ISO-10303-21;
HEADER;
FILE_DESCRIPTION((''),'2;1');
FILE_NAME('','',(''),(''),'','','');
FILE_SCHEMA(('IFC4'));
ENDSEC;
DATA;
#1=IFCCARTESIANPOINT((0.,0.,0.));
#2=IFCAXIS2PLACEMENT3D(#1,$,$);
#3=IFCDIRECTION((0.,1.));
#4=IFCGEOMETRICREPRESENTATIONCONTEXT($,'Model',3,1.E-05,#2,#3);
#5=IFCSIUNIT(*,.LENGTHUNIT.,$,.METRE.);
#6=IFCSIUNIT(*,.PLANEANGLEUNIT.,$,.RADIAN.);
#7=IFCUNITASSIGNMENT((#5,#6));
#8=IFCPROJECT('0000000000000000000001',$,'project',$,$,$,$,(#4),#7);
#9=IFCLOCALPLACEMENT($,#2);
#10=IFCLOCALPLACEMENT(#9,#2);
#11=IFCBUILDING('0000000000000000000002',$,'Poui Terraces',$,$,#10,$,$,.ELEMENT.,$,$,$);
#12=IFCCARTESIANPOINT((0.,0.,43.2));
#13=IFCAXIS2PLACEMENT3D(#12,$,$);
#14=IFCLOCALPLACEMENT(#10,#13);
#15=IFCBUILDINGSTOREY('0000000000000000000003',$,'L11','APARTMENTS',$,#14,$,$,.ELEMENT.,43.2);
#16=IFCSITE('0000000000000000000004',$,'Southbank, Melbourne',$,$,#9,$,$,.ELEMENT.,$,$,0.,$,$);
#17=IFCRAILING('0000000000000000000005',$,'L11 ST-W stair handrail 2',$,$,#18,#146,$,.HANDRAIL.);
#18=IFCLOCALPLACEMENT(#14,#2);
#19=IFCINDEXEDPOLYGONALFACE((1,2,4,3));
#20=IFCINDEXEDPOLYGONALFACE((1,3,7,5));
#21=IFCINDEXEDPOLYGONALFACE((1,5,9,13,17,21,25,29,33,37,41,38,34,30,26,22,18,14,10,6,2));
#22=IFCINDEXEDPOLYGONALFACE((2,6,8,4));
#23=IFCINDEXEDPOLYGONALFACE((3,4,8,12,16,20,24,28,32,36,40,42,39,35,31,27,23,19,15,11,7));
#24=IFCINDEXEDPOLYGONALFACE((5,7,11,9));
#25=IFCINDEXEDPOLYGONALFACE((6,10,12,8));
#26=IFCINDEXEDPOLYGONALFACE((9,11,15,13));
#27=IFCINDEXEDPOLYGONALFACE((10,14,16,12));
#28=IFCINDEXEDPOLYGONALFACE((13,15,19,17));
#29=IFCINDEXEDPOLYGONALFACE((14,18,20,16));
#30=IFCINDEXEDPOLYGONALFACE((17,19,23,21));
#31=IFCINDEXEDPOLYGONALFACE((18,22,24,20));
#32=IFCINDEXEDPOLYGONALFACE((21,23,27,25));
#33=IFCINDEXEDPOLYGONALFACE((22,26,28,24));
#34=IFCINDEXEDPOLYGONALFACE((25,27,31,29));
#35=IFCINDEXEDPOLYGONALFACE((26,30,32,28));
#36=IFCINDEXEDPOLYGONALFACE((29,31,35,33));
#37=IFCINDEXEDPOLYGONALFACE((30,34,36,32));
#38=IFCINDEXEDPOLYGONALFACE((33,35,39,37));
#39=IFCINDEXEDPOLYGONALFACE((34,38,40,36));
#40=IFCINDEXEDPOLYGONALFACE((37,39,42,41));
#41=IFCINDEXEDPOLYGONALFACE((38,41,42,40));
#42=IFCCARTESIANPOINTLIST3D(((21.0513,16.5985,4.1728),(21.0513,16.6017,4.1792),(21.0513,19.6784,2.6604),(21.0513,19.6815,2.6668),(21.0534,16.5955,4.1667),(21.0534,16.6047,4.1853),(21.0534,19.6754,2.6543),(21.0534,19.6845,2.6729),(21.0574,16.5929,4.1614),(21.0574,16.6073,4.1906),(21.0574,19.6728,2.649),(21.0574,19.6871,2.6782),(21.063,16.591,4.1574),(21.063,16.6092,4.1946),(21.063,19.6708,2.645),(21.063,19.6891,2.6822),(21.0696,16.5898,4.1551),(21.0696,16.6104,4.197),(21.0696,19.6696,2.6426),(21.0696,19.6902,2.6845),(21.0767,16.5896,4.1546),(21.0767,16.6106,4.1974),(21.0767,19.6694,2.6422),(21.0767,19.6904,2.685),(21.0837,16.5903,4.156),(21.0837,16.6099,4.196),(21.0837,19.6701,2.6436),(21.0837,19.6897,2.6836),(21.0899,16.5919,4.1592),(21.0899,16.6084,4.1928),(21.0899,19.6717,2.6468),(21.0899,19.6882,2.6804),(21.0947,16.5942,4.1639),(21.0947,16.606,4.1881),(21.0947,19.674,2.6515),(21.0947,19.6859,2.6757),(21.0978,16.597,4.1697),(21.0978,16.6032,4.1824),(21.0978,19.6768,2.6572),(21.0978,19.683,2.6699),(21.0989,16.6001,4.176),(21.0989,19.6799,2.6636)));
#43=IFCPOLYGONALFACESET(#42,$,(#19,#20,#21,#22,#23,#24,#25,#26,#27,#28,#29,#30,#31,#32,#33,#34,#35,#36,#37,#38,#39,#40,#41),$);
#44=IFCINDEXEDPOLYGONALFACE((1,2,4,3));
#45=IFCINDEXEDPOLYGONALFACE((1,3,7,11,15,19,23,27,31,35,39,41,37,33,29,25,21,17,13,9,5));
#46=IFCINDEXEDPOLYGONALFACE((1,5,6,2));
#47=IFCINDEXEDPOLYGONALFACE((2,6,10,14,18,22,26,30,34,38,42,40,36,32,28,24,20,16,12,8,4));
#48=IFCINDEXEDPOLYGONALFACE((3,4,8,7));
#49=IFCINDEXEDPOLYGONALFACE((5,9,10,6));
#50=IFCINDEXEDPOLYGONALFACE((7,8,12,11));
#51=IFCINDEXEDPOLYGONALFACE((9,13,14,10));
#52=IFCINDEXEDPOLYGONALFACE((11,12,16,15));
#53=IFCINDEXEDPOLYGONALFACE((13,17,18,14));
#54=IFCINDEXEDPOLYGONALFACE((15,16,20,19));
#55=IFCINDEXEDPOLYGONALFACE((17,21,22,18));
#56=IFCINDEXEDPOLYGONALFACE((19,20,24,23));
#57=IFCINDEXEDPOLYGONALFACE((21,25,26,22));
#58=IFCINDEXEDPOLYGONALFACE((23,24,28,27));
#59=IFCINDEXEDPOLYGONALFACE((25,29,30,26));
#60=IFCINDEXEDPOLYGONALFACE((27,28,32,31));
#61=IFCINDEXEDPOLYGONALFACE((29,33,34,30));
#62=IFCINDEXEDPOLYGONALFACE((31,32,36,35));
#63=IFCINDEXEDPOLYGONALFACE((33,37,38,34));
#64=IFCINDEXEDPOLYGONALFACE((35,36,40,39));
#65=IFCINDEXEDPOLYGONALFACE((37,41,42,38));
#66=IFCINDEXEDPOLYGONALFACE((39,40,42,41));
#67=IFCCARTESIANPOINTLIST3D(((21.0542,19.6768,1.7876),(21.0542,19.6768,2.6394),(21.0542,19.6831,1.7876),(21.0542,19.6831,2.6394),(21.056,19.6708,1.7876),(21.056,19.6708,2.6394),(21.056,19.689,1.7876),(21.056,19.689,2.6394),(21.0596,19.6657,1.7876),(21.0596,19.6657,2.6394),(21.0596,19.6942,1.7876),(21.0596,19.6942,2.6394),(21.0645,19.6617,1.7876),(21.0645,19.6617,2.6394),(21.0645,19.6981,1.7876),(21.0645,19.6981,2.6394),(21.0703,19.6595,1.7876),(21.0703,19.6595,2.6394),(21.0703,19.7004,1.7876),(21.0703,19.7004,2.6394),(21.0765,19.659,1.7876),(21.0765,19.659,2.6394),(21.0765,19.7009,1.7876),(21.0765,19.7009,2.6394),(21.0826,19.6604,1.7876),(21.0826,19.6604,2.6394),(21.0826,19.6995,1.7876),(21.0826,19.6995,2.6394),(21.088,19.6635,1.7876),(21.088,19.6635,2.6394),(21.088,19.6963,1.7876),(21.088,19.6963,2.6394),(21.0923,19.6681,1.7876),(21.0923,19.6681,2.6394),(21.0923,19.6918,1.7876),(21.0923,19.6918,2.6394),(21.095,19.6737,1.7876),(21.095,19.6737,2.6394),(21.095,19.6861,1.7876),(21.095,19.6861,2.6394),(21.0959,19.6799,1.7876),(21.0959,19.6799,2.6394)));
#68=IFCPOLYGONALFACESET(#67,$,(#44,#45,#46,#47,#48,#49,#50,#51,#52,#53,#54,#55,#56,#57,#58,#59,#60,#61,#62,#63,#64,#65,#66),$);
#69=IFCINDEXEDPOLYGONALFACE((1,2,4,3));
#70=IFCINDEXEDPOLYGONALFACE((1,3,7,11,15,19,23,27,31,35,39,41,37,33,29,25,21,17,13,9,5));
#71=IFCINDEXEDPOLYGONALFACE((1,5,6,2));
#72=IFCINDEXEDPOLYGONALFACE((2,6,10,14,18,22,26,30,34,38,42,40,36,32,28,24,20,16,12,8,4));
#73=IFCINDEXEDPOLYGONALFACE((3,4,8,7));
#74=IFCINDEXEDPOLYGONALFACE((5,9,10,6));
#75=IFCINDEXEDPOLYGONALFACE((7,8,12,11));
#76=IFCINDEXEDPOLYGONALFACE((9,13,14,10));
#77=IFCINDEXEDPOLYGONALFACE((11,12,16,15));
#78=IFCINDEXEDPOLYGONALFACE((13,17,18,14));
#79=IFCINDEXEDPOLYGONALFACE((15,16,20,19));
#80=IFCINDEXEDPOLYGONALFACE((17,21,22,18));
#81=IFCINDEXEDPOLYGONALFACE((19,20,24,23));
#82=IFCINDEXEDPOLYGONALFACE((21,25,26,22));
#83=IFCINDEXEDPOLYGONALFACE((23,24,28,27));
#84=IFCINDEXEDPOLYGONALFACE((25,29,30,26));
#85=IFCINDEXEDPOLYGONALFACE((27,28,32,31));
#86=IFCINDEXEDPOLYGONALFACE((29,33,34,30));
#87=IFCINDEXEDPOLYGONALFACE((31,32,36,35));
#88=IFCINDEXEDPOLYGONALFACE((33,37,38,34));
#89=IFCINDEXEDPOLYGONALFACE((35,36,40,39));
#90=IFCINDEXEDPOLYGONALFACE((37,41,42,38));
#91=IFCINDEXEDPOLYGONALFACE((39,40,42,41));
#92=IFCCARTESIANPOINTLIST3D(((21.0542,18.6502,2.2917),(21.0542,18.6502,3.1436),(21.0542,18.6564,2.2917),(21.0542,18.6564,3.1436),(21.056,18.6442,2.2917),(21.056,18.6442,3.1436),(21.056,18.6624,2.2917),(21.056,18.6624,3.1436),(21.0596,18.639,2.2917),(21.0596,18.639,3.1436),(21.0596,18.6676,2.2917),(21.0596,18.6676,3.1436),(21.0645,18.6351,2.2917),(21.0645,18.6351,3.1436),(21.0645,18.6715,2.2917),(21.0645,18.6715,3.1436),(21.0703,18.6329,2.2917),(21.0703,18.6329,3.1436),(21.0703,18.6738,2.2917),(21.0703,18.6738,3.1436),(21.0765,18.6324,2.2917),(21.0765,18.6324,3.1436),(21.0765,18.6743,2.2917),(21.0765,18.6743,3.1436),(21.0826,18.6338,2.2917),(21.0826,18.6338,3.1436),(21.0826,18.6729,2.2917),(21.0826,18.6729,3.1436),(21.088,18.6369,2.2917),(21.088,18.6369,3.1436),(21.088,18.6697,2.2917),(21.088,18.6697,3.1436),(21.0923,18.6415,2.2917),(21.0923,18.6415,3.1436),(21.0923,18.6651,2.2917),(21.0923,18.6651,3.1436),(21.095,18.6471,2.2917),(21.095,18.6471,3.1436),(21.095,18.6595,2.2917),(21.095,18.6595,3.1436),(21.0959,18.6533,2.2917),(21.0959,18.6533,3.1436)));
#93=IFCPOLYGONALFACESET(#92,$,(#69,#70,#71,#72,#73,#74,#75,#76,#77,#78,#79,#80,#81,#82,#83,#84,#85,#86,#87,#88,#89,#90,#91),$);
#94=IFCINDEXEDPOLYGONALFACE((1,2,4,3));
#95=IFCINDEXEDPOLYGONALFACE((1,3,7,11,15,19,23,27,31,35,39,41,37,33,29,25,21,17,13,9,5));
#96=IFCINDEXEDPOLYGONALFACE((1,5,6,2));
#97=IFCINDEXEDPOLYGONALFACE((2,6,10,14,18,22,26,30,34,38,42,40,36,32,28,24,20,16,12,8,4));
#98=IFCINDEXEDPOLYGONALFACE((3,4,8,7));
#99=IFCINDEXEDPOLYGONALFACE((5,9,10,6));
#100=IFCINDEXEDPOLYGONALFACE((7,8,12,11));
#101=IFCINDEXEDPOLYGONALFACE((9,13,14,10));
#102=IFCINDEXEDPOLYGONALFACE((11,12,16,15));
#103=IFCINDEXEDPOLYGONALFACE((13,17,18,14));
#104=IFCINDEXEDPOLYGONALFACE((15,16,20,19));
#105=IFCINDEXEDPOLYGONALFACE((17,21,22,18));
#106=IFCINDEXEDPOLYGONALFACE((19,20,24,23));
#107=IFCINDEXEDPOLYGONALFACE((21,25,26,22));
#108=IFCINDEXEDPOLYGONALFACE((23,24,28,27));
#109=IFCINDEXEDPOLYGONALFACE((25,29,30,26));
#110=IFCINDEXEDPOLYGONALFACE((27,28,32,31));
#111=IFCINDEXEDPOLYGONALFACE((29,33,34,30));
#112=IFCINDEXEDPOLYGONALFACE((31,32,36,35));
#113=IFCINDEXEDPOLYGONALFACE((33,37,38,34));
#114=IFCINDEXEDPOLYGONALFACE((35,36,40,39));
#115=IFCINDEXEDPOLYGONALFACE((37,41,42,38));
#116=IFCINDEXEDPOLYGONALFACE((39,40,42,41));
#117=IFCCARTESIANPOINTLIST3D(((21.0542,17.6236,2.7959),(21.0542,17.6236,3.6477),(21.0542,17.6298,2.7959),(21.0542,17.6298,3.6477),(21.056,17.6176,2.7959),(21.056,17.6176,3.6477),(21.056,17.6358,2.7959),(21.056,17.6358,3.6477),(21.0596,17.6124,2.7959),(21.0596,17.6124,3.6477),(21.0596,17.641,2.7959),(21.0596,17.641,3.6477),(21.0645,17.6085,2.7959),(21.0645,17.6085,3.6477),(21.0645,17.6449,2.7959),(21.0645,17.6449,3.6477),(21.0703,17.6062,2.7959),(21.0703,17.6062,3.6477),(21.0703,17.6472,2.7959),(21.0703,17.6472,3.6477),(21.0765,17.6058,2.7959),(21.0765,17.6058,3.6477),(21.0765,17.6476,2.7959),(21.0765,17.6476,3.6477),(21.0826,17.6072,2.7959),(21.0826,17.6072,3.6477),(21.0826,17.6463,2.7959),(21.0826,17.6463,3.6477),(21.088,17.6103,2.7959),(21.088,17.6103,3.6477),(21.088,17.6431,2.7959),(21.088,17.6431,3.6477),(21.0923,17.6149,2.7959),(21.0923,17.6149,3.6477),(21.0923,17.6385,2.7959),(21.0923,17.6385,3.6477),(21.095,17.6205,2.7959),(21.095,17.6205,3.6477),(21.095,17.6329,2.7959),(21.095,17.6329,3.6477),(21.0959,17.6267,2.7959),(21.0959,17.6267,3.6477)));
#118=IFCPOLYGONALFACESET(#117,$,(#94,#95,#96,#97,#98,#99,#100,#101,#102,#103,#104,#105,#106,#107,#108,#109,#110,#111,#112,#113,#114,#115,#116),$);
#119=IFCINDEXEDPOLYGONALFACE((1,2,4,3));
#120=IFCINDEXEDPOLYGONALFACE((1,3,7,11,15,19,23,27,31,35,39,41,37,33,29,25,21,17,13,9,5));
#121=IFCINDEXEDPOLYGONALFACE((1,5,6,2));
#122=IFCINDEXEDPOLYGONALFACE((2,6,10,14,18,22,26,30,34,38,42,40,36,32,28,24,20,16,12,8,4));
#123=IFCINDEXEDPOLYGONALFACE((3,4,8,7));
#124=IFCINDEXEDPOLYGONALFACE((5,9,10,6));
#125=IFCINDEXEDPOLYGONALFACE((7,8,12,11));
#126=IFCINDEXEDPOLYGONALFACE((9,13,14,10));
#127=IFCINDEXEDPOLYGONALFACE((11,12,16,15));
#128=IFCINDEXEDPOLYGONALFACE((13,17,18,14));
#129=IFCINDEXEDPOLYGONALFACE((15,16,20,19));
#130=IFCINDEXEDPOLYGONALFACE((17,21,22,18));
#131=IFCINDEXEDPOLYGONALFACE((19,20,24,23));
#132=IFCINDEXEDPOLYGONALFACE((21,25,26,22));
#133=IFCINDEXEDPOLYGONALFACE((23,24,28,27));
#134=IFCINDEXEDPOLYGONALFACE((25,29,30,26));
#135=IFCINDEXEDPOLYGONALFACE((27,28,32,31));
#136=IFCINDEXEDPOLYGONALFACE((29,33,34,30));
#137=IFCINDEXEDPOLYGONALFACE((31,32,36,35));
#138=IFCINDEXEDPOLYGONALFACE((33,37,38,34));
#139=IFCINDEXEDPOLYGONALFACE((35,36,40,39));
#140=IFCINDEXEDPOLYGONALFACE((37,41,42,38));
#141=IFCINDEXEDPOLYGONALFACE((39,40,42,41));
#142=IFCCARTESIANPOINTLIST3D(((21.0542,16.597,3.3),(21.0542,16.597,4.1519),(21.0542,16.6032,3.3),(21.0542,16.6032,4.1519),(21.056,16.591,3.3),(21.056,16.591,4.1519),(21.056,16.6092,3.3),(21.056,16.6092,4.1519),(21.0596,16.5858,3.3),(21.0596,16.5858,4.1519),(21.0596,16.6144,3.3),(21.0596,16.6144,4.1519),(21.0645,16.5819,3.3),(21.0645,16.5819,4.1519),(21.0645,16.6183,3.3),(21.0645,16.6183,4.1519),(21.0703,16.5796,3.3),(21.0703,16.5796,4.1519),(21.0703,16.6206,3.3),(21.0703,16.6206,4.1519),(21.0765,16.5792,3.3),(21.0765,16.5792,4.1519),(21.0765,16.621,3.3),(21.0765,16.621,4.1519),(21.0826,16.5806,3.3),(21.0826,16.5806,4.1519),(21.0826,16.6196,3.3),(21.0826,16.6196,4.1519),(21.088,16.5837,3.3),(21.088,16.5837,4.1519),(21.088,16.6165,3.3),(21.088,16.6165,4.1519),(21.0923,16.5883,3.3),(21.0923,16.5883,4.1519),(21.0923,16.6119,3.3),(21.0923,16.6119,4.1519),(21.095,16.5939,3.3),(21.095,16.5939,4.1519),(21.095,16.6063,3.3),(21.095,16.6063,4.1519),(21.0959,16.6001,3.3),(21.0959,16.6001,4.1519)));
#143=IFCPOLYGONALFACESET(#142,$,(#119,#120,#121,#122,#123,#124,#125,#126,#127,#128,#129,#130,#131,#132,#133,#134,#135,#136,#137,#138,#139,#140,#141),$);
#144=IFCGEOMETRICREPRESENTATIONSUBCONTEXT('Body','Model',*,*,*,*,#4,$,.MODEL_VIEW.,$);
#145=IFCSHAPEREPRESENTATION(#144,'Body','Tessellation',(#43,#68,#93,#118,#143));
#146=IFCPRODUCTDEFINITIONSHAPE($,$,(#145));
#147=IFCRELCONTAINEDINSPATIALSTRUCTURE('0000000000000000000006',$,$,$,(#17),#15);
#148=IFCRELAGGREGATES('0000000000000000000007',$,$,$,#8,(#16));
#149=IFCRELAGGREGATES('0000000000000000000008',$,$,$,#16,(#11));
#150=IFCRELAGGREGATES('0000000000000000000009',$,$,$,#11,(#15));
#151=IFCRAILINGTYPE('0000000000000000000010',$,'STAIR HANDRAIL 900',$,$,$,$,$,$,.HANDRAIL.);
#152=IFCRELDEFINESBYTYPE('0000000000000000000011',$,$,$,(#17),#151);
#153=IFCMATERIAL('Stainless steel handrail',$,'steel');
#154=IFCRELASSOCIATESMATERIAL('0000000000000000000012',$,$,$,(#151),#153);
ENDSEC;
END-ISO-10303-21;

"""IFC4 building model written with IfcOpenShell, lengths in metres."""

from ifc_helpers import new_model, si_unit, direction, frame, origin, origin_2d, place, context, subcontext, project, spatial, circle, extrude, material, type_object, element, save


model = new_model("IFC4")

# Units and contexts
model_context = context("Model", 3, precision=1e-05, world=origin(), true_north=direction((0.0, 1.0)))
body_context = subcontext(model_context, "Body", "Model", "MODEL_VIEW")
ifc_project = project(units=[si_unit("LENGTHUNIT", "METRE"), si_unit("PLANEANGLEUNIT", "RADIAN")], contexts=[model_context])

# Site, building, storey
site_placement = place(None, origin())
site = spatial("IfcSite", under=ifc_project, at=site_placement, Name="Southbank, Melbourne", CompositionType="ELEMENT", RefElevation=0.0)
building_placement = place(site_placement, origin())
building = spatial("IfcBuilding", under=site, at=building_placement, Name="Poui Terraces", CompositionType="ELEMENT")
storey_placement = place(building_placement, frame((0.0, 0.0, 43.2)))
storey = spatial("IfcBuildingStorey", under=building, at=storey_placement, Name="L11", Description="APARTMENTS", CompositionType="ELEMENT", Elevation=43.2)

# Railing
ifc_material_1 = material(Name="Stainless steel handrail", Category="steel")
railing_type_1 = type_object("IfcRailingType", Name="STAIR HANDRAIL 900", PredefinedType="HANDRAIL", material=ifc_material_1)
railing_1_placement = place(storey_placement, frame((21.075, 19.6799, 1.7876)))
element("IfcRailing", 1, at=railing_1_placement, inside=storey, type_object=railing_type_1, Name="L11 ST-W stair handrail 2", PredefinedType="HANDRAIL", context=body_context, shape_type="SweptSolid", body=[
    extrude(circle(Radius=0.0239, at=origin_2d()), frame((0.0, 0.0, 0.876), z_axis=(0.0, -0.897606, 0.440798), x_axis=(1.0, 0.0, 0.0)), (0.0, 0.0, 1.0), 3.4312),
    extrude(circle(Radius=0.021, at=origin_2d()), origin(), (0.0, 0.0, 1.0), 0.8518),
    extrude(circle(Radius=0.021, at=origin_2d()), frame((0.0, -1.0266, 0.5042)), (0.0, 0.0, 1.0), 0.8518),
    extrude(circle(Radius=0.021, at=origin_2d()), frame((0.0, -2.0532, 1.0083)), (0.0, 0.0, 1.0), 0.8518),
    extrude(circle(Radius=0.021, at=origin_2d()), frame((0.0, -3.0798, 1.5125)), (0.0, 0.0, 1.0), 0.8518),
])

save(model, "model.ifc")
